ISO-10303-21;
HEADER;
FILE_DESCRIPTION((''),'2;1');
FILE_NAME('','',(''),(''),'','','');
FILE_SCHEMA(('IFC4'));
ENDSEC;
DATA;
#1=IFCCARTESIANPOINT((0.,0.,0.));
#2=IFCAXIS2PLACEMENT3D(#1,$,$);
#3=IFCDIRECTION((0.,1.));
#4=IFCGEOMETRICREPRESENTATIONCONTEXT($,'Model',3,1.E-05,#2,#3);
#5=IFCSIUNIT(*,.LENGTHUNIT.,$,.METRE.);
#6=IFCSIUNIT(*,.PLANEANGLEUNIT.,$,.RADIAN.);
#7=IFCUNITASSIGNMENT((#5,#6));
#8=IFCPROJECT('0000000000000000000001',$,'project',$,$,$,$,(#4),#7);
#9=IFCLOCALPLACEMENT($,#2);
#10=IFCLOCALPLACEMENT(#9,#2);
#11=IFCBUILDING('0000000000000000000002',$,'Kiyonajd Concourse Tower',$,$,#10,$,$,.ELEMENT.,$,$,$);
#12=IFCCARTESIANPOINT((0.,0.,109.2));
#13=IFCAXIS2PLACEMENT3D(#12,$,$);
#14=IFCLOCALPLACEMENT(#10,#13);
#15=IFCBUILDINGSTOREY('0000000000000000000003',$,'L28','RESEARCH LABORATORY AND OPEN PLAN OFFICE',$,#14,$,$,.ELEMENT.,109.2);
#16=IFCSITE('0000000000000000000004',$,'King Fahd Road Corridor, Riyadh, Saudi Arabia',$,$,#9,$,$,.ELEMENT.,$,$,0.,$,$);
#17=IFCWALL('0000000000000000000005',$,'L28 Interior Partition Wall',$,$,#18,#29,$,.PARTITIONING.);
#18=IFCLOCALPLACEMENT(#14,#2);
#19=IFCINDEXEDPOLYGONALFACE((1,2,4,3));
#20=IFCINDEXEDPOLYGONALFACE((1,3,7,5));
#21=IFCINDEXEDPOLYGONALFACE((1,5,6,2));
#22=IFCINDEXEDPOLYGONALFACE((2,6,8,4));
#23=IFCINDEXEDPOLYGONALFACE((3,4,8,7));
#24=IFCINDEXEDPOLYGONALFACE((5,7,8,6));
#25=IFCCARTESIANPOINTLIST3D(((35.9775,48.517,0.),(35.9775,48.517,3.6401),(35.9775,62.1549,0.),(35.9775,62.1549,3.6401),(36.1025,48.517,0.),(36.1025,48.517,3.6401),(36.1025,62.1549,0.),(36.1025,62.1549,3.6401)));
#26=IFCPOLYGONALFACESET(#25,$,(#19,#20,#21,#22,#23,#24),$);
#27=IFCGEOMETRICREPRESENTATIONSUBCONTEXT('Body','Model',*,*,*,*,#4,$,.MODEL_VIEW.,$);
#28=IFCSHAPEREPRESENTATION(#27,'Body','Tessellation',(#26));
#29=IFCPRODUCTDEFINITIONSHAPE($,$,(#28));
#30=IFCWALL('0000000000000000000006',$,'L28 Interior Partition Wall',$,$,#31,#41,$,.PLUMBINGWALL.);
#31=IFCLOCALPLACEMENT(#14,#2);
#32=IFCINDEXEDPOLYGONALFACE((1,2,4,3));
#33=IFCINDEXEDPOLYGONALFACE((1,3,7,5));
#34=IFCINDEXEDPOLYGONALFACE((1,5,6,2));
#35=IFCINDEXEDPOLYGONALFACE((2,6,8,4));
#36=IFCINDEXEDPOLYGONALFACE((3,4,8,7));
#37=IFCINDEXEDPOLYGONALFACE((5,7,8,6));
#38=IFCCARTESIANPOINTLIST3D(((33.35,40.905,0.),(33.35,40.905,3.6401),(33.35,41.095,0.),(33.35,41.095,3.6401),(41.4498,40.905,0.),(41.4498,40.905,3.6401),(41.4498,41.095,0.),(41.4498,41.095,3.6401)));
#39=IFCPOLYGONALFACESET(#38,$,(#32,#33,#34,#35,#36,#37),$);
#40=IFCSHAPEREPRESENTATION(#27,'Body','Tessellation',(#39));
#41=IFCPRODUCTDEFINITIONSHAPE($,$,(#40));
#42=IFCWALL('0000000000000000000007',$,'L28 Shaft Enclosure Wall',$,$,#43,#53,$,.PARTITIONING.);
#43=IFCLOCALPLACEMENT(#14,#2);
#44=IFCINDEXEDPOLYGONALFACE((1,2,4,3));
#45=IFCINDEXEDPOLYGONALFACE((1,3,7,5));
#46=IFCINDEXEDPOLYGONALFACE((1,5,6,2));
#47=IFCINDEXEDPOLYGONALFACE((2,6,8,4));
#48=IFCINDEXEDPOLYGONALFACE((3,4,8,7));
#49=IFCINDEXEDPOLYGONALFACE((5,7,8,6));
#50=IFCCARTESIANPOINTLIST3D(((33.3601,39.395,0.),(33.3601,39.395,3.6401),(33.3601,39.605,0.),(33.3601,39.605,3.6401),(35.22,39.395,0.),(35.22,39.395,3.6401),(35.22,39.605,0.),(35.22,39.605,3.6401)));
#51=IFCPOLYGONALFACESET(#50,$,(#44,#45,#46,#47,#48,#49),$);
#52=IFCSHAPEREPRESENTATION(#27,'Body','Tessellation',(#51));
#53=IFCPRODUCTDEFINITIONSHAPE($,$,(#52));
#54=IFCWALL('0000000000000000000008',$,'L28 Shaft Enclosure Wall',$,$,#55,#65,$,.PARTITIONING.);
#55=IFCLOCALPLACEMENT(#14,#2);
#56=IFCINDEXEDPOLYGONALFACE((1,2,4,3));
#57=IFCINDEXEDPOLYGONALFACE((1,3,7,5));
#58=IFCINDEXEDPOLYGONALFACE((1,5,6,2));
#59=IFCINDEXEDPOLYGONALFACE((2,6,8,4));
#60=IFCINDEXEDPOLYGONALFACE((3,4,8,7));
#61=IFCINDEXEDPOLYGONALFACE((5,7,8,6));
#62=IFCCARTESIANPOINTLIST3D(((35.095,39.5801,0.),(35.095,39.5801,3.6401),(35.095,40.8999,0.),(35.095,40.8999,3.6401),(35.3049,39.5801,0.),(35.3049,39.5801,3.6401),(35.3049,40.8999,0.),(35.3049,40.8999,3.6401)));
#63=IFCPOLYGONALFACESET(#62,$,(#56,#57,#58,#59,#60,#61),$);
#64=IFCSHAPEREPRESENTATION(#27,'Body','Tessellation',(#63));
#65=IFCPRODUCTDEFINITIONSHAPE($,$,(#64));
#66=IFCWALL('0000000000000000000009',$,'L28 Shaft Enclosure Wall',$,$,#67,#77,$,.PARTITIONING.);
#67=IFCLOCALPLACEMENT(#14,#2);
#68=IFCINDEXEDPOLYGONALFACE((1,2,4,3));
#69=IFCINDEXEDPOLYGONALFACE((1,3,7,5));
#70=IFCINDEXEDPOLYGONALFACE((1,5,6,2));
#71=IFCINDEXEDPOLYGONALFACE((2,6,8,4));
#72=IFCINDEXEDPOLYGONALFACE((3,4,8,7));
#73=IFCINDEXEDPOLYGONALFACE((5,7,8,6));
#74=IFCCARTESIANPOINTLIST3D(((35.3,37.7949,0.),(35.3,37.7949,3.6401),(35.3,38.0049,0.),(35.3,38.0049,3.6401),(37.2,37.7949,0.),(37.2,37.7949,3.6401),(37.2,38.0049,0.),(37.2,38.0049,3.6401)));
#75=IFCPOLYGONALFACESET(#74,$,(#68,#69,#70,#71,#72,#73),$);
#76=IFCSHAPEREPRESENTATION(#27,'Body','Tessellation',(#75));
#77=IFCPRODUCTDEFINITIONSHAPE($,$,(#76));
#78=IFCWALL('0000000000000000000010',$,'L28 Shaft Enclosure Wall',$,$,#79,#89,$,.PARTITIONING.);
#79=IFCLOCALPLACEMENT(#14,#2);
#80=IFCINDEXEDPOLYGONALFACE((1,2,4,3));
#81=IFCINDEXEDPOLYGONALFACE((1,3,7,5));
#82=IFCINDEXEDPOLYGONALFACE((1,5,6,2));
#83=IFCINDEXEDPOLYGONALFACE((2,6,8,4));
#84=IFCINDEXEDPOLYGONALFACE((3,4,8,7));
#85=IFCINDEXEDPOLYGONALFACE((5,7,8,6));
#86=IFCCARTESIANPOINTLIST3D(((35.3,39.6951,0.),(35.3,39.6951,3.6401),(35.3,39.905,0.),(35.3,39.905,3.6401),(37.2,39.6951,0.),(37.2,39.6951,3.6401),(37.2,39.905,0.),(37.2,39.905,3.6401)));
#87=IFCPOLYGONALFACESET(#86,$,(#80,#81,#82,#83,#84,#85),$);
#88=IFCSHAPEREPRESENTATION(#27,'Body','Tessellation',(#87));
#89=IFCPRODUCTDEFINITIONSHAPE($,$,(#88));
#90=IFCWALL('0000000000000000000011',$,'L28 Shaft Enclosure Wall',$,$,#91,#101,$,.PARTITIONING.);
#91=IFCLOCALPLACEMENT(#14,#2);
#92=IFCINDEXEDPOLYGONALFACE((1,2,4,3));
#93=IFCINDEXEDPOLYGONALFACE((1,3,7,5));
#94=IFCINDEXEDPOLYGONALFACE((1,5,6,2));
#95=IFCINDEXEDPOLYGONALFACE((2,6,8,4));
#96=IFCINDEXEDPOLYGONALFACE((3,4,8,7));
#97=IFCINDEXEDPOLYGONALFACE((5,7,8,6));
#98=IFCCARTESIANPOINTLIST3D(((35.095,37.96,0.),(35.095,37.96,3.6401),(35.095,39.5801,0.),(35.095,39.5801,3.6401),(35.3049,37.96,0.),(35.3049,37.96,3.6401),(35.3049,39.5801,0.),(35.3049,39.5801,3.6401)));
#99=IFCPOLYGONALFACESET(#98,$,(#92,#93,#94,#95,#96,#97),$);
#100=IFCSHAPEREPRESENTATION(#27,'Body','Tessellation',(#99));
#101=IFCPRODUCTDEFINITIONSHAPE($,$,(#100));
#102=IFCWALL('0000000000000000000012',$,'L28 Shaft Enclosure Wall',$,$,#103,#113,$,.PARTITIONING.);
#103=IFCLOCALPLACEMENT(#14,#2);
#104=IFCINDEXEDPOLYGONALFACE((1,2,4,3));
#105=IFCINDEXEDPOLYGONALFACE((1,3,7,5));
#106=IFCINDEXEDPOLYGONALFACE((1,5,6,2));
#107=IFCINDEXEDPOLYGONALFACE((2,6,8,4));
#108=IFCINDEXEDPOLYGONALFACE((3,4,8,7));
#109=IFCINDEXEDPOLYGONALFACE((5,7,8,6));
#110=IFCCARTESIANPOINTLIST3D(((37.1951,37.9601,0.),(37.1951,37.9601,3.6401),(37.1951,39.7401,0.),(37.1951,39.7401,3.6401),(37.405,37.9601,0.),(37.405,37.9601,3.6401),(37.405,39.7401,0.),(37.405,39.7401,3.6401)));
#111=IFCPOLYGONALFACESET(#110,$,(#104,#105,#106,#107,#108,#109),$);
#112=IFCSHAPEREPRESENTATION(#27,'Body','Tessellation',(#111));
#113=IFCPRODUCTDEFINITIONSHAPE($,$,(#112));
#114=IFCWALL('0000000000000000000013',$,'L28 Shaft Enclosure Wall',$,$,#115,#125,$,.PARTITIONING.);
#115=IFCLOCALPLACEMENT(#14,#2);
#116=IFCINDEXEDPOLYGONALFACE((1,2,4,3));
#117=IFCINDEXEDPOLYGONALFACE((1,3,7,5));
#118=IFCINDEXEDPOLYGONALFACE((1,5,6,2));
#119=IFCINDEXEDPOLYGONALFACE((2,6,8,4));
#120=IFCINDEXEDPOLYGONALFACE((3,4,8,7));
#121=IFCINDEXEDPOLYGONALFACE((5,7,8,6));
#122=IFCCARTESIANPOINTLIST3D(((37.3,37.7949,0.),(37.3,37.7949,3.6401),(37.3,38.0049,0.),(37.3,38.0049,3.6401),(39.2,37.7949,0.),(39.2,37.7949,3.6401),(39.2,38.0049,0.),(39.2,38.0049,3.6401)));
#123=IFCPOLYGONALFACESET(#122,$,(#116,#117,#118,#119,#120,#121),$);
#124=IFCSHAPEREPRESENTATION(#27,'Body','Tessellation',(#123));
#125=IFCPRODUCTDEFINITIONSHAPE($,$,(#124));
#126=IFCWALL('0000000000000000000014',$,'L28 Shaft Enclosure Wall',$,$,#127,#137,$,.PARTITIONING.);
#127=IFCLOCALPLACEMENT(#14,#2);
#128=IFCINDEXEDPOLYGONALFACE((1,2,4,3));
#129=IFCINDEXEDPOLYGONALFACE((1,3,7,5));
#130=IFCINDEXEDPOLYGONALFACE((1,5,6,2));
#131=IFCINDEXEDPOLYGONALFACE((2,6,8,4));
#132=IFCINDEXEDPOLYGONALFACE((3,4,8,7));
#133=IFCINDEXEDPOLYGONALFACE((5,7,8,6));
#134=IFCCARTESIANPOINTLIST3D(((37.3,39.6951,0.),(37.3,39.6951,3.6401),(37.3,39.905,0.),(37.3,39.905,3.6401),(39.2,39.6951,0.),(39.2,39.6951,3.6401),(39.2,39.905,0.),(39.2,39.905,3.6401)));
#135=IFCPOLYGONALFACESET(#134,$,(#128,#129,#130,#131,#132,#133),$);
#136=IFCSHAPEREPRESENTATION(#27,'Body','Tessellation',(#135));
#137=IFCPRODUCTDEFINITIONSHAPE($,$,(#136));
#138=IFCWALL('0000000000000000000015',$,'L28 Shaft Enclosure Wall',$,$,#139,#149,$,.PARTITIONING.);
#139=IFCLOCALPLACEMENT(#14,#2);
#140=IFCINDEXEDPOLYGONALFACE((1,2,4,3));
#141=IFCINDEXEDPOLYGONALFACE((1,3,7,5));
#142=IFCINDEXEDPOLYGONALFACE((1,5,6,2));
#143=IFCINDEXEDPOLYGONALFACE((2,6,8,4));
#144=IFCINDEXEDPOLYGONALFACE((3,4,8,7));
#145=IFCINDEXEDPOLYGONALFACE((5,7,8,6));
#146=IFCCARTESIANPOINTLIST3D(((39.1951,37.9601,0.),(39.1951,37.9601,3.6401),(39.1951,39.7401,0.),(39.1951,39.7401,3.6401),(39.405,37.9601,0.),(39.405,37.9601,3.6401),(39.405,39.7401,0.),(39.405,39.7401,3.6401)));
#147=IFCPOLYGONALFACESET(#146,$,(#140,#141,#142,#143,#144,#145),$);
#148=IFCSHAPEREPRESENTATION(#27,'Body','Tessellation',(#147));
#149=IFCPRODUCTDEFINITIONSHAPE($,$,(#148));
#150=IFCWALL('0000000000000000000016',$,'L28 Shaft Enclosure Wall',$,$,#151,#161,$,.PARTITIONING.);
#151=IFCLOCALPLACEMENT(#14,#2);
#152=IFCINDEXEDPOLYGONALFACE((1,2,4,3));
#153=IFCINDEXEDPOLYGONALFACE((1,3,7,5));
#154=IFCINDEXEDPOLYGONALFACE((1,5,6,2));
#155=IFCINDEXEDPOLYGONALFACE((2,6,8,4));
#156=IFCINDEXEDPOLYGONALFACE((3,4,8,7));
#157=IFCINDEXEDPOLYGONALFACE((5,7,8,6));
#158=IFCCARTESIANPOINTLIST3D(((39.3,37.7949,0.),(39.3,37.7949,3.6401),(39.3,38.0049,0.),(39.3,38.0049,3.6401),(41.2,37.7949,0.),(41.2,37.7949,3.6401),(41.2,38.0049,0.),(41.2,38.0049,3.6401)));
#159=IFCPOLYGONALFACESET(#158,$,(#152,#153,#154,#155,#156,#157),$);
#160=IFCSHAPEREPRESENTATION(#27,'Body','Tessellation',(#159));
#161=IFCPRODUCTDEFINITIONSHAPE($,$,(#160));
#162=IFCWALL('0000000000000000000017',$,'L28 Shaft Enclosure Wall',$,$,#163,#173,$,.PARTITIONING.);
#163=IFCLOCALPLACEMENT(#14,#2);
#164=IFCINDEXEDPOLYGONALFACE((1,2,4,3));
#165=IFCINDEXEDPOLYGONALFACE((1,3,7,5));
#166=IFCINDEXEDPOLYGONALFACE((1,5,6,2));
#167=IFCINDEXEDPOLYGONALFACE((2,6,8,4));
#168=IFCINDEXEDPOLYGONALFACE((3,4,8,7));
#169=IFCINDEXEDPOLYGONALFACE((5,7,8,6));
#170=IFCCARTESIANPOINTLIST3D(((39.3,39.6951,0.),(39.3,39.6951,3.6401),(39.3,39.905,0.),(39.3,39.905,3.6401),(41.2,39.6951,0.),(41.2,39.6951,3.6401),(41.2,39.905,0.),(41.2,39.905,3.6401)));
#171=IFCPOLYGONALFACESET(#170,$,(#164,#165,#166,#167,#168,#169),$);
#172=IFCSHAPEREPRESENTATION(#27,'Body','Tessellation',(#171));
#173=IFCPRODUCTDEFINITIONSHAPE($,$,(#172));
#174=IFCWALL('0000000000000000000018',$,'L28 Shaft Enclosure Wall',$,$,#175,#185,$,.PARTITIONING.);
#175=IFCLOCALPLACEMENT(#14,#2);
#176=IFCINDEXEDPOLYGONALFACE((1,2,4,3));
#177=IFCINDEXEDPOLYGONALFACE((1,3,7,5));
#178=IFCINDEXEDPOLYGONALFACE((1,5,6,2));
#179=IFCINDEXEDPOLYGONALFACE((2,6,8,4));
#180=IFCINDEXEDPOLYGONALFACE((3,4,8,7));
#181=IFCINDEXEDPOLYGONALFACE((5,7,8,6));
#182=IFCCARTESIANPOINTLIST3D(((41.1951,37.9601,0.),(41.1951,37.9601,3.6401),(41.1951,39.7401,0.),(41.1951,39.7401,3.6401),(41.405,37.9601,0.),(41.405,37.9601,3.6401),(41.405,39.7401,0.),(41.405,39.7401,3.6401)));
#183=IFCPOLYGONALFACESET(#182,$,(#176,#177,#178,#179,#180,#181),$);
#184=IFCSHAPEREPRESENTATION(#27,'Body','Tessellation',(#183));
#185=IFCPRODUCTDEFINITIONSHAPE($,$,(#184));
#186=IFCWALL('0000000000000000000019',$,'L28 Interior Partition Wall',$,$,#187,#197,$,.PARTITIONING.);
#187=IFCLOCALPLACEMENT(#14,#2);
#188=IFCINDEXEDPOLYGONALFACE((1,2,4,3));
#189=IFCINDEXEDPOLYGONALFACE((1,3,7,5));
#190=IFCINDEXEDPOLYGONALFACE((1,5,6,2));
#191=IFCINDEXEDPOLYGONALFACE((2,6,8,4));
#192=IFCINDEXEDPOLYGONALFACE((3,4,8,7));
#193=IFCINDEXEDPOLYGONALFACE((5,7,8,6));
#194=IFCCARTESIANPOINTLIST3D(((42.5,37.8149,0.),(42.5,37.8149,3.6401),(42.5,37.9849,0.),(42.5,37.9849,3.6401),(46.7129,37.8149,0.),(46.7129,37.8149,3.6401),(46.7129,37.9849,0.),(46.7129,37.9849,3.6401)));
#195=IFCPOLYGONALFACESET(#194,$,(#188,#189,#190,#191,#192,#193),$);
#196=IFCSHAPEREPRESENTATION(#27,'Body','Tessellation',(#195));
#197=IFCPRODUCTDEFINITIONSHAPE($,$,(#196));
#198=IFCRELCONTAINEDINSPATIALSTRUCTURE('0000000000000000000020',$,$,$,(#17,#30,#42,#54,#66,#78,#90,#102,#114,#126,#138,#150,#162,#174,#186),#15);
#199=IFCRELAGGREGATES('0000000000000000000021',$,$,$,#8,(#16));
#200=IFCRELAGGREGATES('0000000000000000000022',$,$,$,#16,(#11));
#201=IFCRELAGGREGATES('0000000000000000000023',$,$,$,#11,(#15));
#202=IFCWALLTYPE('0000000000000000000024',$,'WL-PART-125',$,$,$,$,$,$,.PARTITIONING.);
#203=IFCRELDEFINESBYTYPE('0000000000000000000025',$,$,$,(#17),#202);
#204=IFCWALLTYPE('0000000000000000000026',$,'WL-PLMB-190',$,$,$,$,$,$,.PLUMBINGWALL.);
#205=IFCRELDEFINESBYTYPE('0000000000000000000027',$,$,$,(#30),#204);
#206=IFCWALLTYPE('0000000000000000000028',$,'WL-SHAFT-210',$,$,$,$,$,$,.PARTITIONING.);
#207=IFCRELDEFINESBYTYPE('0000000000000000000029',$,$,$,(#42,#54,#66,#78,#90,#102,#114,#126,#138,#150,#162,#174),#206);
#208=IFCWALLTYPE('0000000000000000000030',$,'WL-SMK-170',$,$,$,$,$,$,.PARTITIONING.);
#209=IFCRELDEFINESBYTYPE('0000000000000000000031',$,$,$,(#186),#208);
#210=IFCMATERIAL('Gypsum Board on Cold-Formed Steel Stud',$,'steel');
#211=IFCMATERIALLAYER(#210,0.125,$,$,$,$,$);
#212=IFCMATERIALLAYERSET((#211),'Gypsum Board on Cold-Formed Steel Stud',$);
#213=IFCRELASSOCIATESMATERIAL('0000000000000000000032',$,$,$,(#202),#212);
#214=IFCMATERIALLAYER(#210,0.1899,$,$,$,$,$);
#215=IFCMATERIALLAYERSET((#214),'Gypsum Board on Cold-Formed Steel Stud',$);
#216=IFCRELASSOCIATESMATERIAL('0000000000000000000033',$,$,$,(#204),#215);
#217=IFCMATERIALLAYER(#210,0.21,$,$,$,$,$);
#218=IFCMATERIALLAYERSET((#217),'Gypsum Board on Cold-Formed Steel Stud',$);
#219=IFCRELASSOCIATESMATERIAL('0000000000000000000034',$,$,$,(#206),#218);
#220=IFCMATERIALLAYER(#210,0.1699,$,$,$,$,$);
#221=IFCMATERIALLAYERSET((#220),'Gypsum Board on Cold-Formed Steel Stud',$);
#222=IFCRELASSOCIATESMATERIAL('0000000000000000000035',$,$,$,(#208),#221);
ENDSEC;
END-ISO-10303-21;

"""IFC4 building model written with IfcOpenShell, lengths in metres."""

from ifc_helpers import new_model, si_unit, direction, frame, frame_2d, origin, place, context, subcontext, project, spatial, rectangle, extrude, material, layer, layer_set, type_object, element, save


model = new_model("IFC4")

# Units and contexts
model_context = context("Model", 3, precision=1e-05, world=origin(), true_north=direction((0.0, 1.0)))
body_context = subcontext(model_context, "Body", "Model", "MODEL_VIEW")
ifc_project = project(units=[si_unit("LENGTHUNIT", "METRE"), si_unit("PLANEANGLEUNIT", "RADIAN")], contexts=[model_context])

# Site, building, storey
site_placement = place(None, origin())
site = spatial("IfcSite", under=ifc_project, at=site_placement, Name="King Fahd Road Corridor, Riyadh, Saudi Arabia", CompositionType="ELEMENT", RefElevation=0.0)
building_placement = place(site_placement, origin())
building = spatial("IfcBuilding", under=site, at=building_placement, Name="Kiyonajd Concourse Tower", CompositionType="ELEMENT")
storey_placement = place(building_placement, frame((0.0, 0.0, 109.2)))
storey = spatial("IfcBuildingStorey", under=building, at=storey_placement, Name="L28", Description="RESEARCH LABORATORY AND OPEN PLAN OFFICE", CompositionType="ELEMENT", Elevation=109.2)

# Walls
ifc_material_1 = material(Name="Gypsum Board on Cold-Formed Steel Stud", Category="steel")
ifc_layer_1 = layer(ifc_material_1, 0.125)
ifc_layer_set_1 = layer_set([ifc_layer_1], Name="Gypsum Board on Cold-Formed Steel Stud")
wall_type_1 = type_object("IfcWallType", Name="WL-PART-125", PredefinedType="PARTITIONING", material=ifc_layer_set_1)
wall_1_placement = place(storey_placement, frame((36.04, 48.5171, 0.0), z_axis=(0.0, 0.0, 1.0), x_axis=(0.0, 1.0, 0.0)))
element("IfcWall", 1, at=wall_1_placement, inside=storey, type_object=wall_type_1, Name="L28 Interior Partition Wall", PredefinedType="PARTITIONING", context=body_context, shape_type="SweptSolid", body=[
    extrude(rectangle(XDim=13.6379, YDim=0.125, at=frame_2d((6.8188, 0.0))), origin(), (0.0, 0.0, 1.0), 3.6401),
])
ifc_layer_2 = layer(ifc_material_1, 0.1899)
ifc_layer_set_2 = layer_set([ifc_layer_2], Name="Gypsum Board on Cold-Formed Steel Stud")
wall_type_2 = type_object("IfcWallType", Name="WL-PLMB-190", PredefinedType="PLUMBINGWALL", material=ifc_layer_set_2)
wall_2_placement = place(storey_placement, frame((33.3501, 41.0, 0.0), z_axis=(0.0, 0.0, 1.0), x_axis=(1.0, 0.0, 0.0)))
element("IfcWall", 2, at=wall_2_placement, inside=storey, type_object=wall_type_2, Name="L28 Interior Partition Wall", PredefinedType="PLUMBINGWALL", context=body_context, shape_type="SweptSolid", body=[
    extrude(rectangle(XDim=8.0999, YDim=0.1899, at=frame_2d((4.0498, 0.0))), origin(), (0.0, 0.0, 1.0), 3.6401),
])
ifc_layer_3 = layer(ifc_material_1, 0.21)
ifc_layer_set_3 = layer_set([ifc_layer_3], Name="Gypsum Board on Cold-Formed Steel Stud")
wall_type_3 = type_object("IfcWallType", Name="WL-SHAFT-210", PredefinedType="PARTITIONING", material=ifc_layer_set_3)
wall_3_placement = place(storey_placement, frame((33.3601, 39.5, 0.0), z_axis=(0.0, 0.0, 1.0), x_axis=(1.0, 0.0, 0.0)))
element("IfcWall", 3, at=wall_3_placement, inside=storey, type_object=wall_type_3, Name="L28 Shaft Enclosure Wall", PredefinedType="PARTITIONING", context=body_context, shape_type="SweptSolid", body=[
    extrude(rectangle(XDim=1.8599, YDim=0.21, at=frame_2d((0.9299, 0.0))), origin(), (0.0, 0.0, 1.0), 3.6401),
])
wall_4_placement = place(storey_placement, frame((35.2, 39.5801, 0.0), z_axis=(0.0, 0.0, 1.0), x_axis=(0.0, 1.0, 0.0)))
element("IfcWall", 4, at=wall_4_placement, inside=storey, type_object=wall_type_3, Name="L28 Shaft Enclosure Wall", PredefinedType="PARTITIONING", context=body_context, shape_type="SweptSolid", body=[
    extrude(rectangle(XDim=1.3198, YDim=0.21, at=frame_2d((0.6599, 0.0))), origin(), (0.0, 0.0, 1.0), 3.6401),
])
for number, where, z_axis, x_axis, name in (
    (5, (35.3, 37.8999, 0.0), (0.0, 0.0, 1.0), (1.0, 0.0, 0.0), "L28 Shaft Enclosure Wall"),
    (6, (35.3, 39.8, 0.0), (0.0, 0.0, 1.0), (1.0, 0.0, 0.0), "L28 Shaft Enclosure Wall"),
):
    element("IfcWall", number, at=place(storey_placement, frame(where, z_axis=z_axis, x_axis=x_axis)), inside=storey, type_object=wall_type_3, Name=name, PredefinedType="PARTITIONING", context=body_context, shape_type="SweptSolid", body=[
        extrude(rectangle(XDim=1.8999, YDim=0.21, at=frame_2d((0.95, 0.0))), origin(), (0.0, 0.0, 1.0), 3.6401),
    ])
wall_5_placement = place(storey_placement, frame((35.2, 37.96, 0.0), z_axis=(0.0, 0.0, 1.0), x_axis=(0.0, 1.0, 0.0)))
element("IfcWall", 7, at=wall_5_placement, inside=storey, type_object=wall_type_3, Name="L28 Shaft Enclosure Wall", PredefinedType="PARTITIONING", context=body_context, shape_type="SweptSolid", body=[
    extrude(rectangle(XDim=1.6201, YDim=0.21, at=frame_2d((0.8101, 0.0))), origin(), (0.0, 0.0, 1.0), 3.6401),
])
wall_6_placement = place(storey_placement, frame((37.3, 37.96, 0.0), z_axis=(0.0, 0.0, 1.0), x_axis=(0.0, 1.0, 0.0)))
element("IfcWall", 8, at=wall_6_placement, inside=storey, type_object=wall_type_3, Name="L28 Shaft Enclosure Wall", PredefinedType="PARTITIONING", context=body_context, shape_type="SweptSolid", body=[
    extrude(rectangle(XDim=1.78, YDim=0.21, at=frame_2d((0.8901, 0.0))), origin(), (0.0, 0.0, 1.0), 3.6401),
])
for number, where, z_axis, x_axis, name in (
    (9, (37.3, 37.8999, 0.0), (0.0, 0.0, 1.0), (1.0, 0.0, 0.0), "L28 Shaft Enclosure Wall"),
    (10, (37.3, 39.8, 0.0), (0.0, 0.0, 1.0), (1.0, 0.0, 0.0), "L28 Shaft Enclosure Wall"),
):
    element("IfcWall", number, at=place(storey_placement, frame(where, z_axis=z_axis, x_axis=x_axis)), inside=storey, type_object=wall_type_3, Name=name, PredefinedType="PARTITIONING", context=body_context, shape_type="SweptSolid", body=[
        extrude(rectangle(XDim=1.8999, YDim=0.21, at=frame_2d((0.95, 0.0))), origin(), (0.0, 0.0, 1.0), 3.6401),
    ])
wall_7_placement = place(storey_placement, frame((39.3, 37.96, 0.0), z_axis=(0.0, 0.0, 1.0), x_axis=(0.0, 1.0, 0.0)))
element("IfcWall", 11, at=wall_7_placement, inside=storey, type_object=wall_type_3, Name="L28 Shaft Enclosure Wall", PredefinedType="PARTITIONING", context=body_context, shape_type="SweptSolid", body=[
    extrude(rectangle(XDim=1.78, YDim=0.21, at=frame_2d((0.8901, 0.0))), origin(), (0.0, 0.0, 1.0), 3.6401),
])
for number, where, z_axis, x_axis, name in (
    (12, (39.3, 37.8999, 0.0), (0.0, 0.0, 1.0), (1.0, 0.0, 0.0), "L28 Shaft Enclosure Wall"),
    (13, (39.3, 39.8, 0.0), (0.0, 0.0, 1.0), (1.0, 0.0, 0.0), "L28 Shaft Enclosure Wall"),
):
    element("IfcWall", number, at=place(storey_placement, frame(where, z_axis=z_axis, x_axis=x_axis)), inside=storey, type_object=wall_type_3, Name=name, PredefinedType="PARTITIONING", context=body_context, shape_type="SweptSolid", body=[
        extrude(rectangle(XDim=1.8999, YDim=0.21, at=frame_2d((0.95, 0.0))), origin(), (0.0, 0.0, 1.0), 3.6401),
    ])
wall_8_placement = place(storey_placement, frame((41.3, 37.96, 0.0), z_axis=(0.0, 0.0, 1.0), x_axis=(0.0, 1.0, 0.0)))
element("IfcWall", 14, at=wall_8_placement, inside=storey, type_object=wall_type_3, Name="L28 Shaft Enclosure Wall", PredefinedType="PARTITIONING", context=body_context, shape_type="SweptSolid", body=[
    extrude(rectangle(XDim=1.78, YDim=0.21, at=frame_2d((0.8901, 0.0))), origin(), (0.0, 0.0, 1.0), 3.6401),
])
ifc_layer_4 = layer(ifc_material_1, 0.1699)
ifc_layer_set_4 = layer_set([ifc_layer_4], Name="Gypsum Board on Cold-Formed Steel Stud")
wall_type_4 = type_object("IfcWallType", Name="WL-SMK-170", PredefinedType="PARTITIONING", material=ifc_layer_set_4)
wall_9_placement = place(storey_placement, frame((42.5, 37.8999, 0.0), z_axis=(0.0, 0.0, 1.0), x_axis=(1.0, 0.0, 0.0)))
element("IfcWall", 15, at=wall_9_placement, inside=storey, type_object=wall_type_4, Name="L28 Interior Partition Wall", PredefinedType="PARTITIONING", context=body_context, shape_type="SweptSolid", body=[
    extrude(rectangle(XDim=4.2129, YDim=0.1699, at=frame_2d((2.1064, 0.0))), origin(), (0.0, 0.0, 1.0), 3.6401),
])

save(model, "model.ifc")
